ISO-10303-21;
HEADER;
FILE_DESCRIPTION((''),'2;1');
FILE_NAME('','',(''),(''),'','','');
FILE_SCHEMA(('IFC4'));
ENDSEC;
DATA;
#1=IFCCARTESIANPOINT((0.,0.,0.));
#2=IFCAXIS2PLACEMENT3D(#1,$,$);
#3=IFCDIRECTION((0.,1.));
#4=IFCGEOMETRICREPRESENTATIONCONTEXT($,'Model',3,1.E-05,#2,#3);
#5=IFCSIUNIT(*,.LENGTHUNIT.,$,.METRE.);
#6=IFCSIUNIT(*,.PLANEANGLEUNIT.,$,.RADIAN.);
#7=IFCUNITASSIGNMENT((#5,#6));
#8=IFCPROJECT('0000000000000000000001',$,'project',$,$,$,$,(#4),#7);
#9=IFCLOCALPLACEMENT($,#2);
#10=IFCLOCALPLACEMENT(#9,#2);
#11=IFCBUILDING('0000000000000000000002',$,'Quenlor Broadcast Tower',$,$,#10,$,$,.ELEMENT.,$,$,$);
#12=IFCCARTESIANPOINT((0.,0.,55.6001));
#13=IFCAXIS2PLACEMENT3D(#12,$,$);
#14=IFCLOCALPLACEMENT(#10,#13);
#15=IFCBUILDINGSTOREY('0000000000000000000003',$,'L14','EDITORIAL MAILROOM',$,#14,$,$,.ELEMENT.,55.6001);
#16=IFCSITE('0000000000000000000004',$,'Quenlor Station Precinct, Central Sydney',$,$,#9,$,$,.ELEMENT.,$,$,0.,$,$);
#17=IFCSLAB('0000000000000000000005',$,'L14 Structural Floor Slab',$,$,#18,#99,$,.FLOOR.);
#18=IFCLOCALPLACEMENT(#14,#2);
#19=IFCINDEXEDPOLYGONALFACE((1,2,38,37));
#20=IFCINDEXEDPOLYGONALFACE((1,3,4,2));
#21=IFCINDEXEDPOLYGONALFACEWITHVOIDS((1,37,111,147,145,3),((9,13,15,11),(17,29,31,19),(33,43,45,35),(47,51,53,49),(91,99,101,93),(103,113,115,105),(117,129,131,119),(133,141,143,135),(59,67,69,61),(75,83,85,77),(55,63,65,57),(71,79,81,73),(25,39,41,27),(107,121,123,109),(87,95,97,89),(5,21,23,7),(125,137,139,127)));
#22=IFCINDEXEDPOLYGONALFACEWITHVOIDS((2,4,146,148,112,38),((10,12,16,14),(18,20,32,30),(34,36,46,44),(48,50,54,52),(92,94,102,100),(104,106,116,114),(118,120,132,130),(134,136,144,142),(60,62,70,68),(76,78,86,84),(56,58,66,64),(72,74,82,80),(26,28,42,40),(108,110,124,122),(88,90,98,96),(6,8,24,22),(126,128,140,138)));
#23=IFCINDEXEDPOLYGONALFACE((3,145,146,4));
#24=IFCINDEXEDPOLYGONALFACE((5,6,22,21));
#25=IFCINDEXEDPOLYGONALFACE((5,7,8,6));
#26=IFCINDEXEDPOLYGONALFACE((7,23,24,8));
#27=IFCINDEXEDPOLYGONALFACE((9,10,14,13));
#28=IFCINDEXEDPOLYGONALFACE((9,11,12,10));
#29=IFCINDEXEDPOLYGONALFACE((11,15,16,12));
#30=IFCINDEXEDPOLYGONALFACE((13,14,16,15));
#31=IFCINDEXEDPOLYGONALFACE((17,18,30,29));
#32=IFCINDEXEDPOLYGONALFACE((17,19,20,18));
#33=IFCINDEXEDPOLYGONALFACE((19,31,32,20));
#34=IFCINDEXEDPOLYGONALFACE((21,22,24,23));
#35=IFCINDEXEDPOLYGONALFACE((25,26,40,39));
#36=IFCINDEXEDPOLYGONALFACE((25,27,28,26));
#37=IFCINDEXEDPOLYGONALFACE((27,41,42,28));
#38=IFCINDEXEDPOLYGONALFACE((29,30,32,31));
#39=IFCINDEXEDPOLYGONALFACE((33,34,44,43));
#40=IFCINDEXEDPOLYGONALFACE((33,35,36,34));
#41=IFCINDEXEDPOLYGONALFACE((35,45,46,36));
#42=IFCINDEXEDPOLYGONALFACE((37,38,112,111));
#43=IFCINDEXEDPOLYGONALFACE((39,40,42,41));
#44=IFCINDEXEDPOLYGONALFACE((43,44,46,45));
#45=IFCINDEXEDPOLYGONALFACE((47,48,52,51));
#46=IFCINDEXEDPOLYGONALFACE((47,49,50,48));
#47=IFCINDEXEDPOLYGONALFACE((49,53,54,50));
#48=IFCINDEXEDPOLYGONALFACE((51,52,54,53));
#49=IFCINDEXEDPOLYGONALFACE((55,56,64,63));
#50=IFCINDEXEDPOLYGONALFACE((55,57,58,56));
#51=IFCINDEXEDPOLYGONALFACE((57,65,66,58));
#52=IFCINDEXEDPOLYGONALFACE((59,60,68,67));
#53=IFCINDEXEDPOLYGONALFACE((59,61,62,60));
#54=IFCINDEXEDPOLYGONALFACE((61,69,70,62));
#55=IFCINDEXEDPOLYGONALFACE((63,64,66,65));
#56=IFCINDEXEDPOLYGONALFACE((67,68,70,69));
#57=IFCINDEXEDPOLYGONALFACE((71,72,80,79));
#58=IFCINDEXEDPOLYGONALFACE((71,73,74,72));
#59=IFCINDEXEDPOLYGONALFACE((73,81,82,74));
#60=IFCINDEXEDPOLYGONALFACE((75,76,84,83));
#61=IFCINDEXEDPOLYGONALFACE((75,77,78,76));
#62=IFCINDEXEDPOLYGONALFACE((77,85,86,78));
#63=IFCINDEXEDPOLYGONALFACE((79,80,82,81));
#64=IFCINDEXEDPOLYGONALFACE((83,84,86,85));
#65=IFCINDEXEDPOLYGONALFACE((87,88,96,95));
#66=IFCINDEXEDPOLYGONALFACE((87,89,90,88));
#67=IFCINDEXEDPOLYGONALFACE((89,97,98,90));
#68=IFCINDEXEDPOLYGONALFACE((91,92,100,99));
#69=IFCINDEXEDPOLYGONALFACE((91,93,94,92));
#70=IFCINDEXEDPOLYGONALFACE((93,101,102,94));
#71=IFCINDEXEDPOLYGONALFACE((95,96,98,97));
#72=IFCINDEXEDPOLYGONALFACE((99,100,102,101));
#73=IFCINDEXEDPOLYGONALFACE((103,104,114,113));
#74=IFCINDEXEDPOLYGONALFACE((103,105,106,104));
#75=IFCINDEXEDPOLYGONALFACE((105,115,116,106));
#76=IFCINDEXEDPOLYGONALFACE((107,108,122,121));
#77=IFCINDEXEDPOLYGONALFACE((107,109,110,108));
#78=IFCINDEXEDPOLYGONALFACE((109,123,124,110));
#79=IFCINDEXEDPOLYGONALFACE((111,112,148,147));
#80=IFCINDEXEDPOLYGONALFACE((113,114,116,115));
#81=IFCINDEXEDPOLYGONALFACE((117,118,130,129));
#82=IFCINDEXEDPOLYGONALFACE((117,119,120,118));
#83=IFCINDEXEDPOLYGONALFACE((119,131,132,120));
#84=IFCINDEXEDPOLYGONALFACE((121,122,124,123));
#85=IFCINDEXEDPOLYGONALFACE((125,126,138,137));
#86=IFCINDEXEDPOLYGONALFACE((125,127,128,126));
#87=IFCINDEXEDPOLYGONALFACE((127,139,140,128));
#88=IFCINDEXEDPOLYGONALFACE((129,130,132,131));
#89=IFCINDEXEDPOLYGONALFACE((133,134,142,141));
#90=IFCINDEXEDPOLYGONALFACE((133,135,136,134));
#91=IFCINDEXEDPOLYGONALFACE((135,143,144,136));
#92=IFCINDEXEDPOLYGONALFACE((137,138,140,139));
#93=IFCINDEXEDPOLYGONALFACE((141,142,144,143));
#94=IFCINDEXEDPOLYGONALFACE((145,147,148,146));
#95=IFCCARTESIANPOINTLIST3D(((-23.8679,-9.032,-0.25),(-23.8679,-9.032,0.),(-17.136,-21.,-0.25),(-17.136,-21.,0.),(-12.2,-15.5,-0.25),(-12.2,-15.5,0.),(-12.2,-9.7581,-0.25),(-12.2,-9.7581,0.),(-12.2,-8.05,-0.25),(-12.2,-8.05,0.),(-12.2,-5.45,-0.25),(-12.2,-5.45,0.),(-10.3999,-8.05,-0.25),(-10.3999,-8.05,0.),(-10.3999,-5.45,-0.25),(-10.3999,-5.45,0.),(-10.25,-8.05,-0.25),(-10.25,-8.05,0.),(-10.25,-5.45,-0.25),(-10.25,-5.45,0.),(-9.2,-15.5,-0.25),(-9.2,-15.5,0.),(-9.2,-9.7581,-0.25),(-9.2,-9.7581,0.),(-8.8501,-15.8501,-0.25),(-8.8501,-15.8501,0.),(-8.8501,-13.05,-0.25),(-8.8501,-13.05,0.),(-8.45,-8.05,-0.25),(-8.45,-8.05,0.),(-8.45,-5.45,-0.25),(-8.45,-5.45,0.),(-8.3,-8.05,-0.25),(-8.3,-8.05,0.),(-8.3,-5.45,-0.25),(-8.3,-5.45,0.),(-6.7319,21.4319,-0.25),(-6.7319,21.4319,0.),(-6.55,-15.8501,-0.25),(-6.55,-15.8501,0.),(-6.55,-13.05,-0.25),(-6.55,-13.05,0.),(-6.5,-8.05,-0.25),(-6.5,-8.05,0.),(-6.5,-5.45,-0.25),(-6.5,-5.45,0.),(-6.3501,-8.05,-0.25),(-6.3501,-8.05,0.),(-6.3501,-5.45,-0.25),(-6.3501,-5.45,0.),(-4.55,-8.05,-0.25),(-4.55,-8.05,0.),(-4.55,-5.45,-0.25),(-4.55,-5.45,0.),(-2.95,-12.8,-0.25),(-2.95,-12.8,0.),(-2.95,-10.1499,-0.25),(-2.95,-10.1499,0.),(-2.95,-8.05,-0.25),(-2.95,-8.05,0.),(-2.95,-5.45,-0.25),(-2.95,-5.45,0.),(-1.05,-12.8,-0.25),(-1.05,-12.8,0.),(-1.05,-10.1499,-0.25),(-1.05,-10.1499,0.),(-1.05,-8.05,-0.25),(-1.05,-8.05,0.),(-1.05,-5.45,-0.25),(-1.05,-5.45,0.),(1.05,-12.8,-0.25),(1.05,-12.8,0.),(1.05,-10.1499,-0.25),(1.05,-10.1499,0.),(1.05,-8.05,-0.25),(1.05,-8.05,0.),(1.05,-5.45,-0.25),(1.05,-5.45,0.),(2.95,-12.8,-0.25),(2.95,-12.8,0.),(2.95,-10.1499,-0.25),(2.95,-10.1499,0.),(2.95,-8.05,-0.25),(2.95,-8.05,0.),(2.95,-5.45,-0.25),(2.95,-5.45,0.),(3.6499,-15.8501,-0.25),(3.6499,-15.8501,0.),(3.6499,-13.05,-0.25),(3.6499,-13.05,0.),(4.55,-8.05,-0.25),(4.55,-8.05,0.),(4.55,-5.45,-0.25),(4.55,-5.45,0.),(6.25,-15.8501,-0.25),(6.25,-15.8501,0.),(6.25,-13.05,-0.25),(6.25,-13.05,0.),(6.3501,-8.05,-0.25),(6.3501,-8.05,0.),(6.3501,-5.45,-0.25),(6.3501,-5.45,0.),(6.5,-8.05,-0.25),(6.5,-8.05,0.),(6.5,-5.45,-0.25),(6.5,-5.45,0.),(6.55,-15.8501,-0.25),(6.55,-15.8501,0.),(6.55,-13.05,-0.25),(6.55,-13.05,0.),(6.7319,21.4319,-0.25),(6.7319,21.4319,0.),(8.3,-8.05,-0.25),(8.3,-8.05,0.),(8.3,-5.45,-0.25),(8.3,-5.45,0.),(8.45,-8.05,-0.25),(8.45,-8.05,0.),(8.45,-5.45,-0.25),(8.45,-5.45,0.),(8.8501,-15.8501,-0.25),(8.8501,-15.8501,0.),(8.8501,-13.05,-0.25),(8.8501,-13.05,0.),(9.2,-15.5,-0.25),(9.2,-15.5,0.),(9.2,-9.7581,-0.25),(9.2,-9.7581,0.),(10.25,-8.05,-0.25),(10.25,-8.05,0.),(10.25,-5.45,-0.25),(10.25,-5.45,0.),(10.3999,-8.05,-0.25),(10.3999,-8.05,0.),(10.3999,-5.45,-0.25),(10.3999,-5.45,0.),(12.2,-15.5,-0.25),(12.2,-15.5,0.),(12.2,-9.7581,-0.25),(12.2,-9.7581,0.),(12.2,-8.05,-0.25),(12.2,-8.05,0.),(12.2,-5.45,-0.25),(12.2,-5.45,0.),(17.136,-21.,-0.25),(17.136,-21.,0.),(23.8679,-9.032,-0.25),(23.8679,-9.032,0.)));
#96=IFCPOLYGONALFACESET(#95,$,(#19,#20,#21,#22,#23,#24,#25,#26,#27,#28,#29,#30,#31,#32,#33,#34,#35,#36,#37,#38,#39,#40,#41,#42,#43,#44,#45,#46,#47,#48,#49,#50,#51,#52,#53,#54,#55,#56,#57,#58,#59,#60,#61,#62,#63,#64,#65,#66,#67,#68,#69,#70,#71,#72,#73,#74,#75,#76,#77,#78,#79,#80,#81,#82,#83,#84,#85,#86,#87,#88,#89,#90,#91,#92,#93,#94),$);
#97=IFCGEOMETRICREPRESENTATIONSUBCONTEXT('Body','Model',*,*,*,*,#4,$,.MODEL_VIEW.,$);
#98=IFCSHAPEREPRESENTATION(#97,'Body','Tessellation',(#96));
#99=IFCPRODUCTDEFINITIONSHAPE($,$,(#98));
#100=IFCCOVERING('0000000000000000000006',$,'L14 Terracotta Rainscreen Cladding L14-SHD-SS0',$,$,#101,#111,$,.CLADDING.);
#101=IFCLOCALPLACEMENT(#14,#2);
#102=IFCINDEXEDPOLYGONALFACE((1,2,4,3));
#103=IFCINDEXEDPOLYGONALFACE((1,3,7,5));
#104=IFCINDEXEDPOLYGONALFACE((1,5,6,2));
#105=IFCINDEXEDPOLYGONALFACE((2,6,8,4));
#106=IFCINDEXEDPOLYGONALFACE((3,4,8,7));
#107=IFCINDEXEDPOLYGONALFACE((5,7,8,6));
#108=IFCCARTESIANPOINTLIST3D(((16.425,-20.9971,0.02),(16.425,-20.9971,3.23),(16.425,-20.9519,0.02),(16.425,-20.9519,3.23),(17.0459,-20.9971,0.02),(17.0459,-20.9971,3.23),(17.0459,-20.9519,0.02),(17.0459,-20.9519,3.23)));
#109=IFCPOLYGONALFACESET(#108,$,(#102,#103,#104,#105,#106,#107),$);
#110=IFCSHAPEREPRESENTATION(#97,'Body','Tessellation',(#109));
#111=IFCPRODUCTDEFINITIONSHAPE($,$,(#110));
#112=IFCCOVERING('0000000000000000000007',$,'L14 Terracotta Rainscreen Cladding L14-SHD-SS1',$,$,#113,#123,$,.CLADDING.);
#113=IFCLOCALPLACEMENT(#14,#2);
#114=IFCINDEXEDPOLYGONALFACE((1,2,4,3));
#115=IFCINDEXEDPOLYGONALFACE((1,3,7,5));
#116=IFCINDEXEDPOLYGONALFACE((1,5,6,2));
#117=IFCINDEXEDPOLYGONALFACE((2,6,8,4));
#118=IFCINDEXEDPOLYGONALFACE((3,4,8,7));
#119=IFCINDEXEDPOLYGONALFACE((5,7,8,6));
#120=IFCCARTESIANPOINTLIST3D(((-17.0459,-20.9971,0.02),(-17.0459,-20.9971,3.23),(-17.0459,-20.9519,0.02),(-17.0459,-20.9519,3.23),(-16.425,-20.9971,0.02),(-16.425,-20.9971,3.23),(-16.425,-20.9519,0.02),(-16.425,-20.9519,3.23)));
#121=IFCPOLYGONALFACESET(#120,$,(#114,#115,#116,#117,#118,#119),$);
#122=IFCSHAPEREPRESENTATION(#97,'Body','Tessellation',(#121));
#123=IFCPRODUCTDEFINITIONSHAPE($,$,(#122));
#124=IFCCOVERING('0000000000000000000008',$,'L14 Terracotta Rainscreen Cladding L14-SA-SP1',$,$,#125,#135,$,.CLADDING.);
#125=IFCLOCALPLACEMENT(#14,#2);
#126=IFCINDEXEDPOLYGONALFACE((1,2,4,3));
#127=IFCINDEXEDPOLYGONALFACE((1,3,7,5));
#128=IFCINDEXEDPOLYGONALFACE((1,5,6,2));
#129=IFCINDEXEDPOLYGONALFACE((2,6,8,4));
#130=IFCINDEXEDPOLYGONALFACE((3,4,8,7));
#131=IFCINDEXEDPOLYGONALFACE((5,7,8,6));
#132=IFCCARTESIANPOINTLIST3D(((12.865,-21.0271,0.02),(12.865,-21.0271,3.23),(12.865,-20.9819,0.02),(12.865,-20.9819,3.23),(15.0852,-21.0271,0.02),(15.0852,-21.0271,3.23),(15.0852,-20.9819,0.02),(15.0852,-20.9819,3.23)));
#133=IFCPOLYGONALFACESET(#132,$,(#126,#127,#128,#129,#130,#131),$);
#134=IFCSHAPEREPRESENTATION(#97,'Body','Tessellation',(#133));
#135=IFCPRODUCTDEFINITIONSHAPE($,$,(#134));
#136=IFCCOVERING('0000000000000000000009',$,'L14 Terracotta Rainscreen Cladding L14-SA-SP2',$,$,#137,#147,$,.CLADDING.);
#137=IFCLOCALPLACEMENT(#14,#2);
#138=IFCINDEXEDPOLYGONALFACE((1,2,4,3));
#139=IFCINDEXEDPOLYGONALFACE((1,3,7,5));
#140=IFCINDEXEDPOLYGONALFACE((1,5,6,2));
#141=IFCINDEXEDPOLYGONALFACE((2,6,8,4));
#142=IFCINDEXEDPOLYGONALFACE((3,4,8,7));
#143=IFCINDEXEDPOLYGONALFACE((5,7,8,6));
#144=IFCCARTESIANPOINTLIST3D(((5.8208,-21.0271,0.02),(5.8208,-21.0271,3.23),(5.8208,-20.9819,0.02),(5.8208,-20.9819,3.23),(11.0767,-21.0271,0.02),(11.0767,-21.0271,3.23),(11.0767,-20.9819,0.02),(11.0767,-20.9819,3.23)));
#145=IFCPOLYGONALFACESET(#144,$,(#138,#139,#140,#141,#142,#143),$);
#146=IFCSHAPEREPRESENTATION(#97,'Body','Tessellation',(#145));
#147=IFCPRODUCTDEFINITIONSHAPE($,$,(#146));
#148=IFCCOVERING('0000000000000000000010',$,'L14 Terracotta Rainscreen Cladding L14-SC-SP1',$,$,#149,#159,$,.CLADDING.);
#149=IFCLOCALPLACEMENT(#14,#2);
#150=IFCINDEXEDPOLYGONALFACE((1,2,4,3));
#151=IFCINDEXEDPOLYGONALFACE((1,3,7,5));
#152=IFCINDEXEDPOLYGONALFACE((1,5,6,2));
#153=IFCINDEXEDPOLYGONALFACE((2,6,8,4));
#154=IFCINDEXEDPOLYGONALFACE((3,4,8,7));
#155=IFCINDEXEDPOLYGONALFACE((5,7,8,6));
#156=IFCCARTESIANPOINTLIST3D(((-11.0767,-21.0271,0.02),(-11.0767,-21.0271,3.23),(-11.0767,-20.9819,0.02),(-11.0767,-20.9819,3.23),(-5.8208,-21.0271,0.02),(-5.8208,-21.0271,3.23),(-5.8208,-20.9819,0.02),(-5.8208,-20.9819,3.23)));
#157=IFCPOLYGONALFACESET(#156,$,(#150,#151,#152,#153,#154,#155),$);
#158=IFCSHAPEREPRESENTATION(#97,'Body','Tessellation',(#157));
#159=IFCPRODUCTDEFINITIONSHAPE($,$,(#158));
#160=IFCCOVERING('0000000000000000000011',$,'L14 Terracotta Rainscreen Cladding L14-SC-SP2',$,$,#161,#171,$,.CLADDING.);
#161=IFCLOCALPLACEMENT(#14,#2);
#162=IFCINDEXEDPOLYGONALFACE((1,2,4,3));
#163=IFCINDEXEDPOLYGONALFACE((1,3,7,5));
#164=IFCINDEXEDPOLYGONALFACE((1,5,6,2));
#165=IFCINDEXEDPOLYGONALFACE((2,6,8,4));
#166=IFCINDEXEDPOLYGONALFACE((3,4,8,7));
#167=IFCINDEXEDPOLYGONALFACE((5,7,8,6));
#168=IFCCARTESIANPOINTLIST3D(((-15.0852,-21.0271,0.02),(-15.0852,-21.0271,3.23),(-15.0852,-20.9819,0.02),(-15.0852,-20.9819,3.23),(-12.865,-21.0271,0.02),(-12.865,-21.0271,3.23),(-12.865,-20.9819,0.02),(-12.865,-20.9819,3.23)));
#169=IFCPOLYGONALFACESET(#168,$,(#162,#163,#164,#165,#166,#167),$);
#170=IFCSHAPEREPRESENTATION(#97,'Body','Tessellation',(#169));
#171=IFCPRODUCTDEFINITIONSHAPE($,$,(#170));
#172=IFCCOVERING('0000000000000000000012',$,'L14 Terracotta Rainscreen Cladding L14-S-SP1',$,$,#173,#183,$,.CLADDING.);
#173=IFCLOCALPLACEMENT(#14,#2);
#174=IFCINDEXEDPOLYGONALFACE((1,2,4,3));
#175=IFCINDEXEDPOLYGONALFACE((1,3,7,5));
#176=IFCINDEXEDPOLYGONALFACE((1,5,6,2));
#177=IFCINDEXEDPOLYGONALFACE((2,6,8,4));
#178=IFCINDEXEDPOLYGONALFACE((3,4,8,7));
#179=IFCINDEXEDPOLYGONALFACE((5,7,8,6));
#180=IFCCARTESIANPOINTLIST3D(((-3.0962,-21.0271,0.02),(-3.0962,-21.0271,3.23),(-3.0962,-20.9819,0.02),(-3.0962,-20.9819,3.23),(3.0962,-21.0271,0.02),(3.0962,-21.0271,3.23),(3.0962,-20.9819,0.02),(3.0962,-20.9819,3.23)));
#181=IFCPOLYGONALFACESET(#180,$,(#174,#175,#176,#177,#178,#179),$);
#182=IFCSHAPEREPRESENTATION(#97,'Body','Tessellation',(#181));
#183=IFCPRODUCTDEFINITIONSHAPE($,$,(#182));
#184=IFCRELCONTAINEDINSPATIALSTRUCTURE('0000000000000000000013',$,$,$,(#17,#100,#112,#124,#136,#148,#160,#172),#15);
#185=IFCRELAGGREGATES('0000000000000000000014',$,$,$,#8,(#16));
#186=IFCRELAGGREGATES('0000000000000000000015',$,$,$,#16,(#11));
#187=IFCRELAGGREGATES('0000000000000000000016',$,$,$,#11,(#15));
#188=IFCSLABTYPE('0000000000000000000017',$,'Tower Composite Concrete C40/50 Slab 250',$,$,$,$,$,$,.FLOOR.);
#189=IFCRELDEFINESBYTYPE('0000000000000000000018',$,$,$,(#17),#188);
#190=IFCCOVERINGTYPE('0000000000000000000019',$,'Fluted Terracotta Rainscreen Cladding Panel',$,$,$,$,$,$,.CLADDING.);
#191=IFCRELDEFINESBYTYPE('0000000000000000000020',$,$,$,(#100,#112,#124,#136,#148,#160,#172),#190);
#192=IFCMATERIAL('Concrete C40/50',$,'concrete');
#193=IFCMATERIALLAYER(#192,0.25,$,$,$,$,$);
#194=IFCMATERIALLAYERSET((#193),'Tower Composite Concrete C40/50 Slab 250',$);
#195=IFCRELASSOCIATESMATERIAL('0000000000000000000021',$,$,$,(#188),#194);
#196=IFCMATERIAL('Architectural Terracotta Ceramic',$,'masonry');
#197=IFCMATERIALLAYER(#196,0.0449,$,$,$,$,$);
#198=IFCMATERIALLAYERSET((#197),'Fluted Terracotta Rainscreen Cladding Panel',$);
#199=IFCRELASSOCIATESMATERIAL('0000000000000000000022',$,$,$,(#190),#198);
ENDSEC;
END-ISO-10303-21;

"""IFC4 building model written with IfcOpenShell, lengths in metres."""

from ifc_helpers import new_model, si_unit, direction, frame, origin, place, context, subcontext, project, spatial, polyline, outline, extrude, material, layer, layer_set, type_object, element, save


model = new_model("IFC4")

# Units and contexts
model_context = context("Model", 3, precision=1e-05, world=origin(), true_north=direction((0.0, 1.0)))
body_context = subcontext(model_context, "Body", "Model", "MODEL_VIEW")
ifc_project = project(units=[si_unit("LENGTHUNIT", "METRE"), si_unit("PLANEANGLEUNIT", "RADIAN")], contexts=[model_context])

# Site, building, storey
site_placement = place(None, origin())
site = spatial("IfcSite", under=ifc_project, at=site_placement, Name="Quenlor Station Precinct, Central Sydney", CompositionType="ELEMENT", RefElevation=0.0)
building_placement = place(site_placement, origin())
building = spatial("IfcBuilding", under=site, at=building_placement, Name="Quenlor Broadcast Tower", CompositionType="ELEMENT")
storey_placement = place(building_placement, frame((0.0, 0.0, 55.6001)))
storey = spatial("IfcBuildingStorey", under=building, at=storey_placement, Name="L14", Description="EDITORIAL MAILROOM", CompositionType="ELEMENT", Elevation=55.6001)

# Slab
ifc_material_1 = material(Name="Concrete C40/50", Category="concrete")
ifc_layer_1 = layer(ifc_material_1, 0.25)
ifc_layer_set_1 = layer_set([ifc_layer_1], Name="Tower Composite Concrete C40/50 Slab 250")
slab_type = type_object("IfcSlabType", Name="Tower Composite Concrete C40/50 Slab 250", PredefinedType="FLOOR", material=ifc_layer_set_1)
slab_placement = place(storey_placement, frame((0.0, 0.0, -0.25)))
element("IfcSlab", 1, at=slab_placement, inside=storey, type_object=slab_type, Name="L14 Structural Floor Slab", PredefinedType="FLOOR", context=body_context, shape_type="SweptSolid", body=[
    extrude(outline(polyline([(17.136, -21.0), (23.8679, -9.032), (6.7319, 21.4319), (-6.7319, 21.4319), (-23.8679, -9.032), (-17.136, -21.0), (17.136, -21.0)]), holes=[polyline([(-12.2, -9.7581), (-12.2, -15.5), (-9.2, -15.5), (-9.2, -9.7581), (-12.2, -9.7581)]), polyline([(9.2, -9.7581), (9.2, -15.5), (12.2, -15.5), (12.2, -9.7581), (9.2, -9.7581)]), polyline([(-12.2, -8.05), (-10.3999, -8.05), (-10.3999, -5.45), (-12.2, -5.45), (-12.2, -8.05)]), polyline([(-10.25, -8.05), (-8.45, -8.05), (-8.45, -5.45), (-10.25, -5.45), (-10.25, -8.05)]), polyline([(-8.3, -8.05), (-6.5, -8.05), (-6.5, -5.45), (-8.3, -5.45), (-8.3, -8.05)]), polyline([(-6.3501, -8.05), (-4.55, -8.05), (-4.55, -5.45), (-6.3501, -5.45), (-6.3501, -8.05)]), polyline([(-2.95, -8.05), (-1.05, -8.05), (-1.05, -5.45), (-2.95, -5.45), (-2.95, -8.05)]), polyline([(1.05, -8.05), (2.95, -8.05), (2.95, -5.45), (1.05, -5.45), (1.05, -8.05)]), polyline([(-2.95, -12.8), (-1.05, -12.8), (-1.05, -10.1499), (-2.95, -10.1499), (-2.95, -12.8)]), polyline([(1.05, -12.8), (2.95, -12.8), (2.95, -10.1499), (1.05, -10.1499), (1.05, -12.8)]), polyline([(4.55, -8.05), (6.3501, -8.05), (6.3501, -5.45), (4.55, -5.45), (4.55, -8.05)]), polyline([(6.5, -8.05), (8.3, -8.05), (8.3, -5.45), (6.5, -5.45), (6.5, -8.05)]), polyline([(8.45, -8.05), (10.25, -8.05), (10.25, -5.45), (8.45, -5.45), (8.45, -8.05)]), polyline([(10.3999, -8.05), (12.2, -8.05), (12.2, -5.45), (10.3999, -5.45), (10.3999, -8.05)]), polyline([(-8.8501, -15.8501), (-6.55, -15.8501), (-6.55, -13.05), (-8.8501, -13.05), (-8.8501, -15.8501)]), polyline([(6.55, -15.8501), (8.8501, -15.8501), (8.8501, -13.05), (6.55, -13.05), (6.55, -15.8501)]), polyline([(3.6499, -15.8501), (6.25, -15.8501), (6.25, -13.05), (3.6499, -13.05), (3.6499, -15.8501)])]), origin(), (0.0, 0.0, 1.0), 0.25),
])

# Coverings
ifc_material_2 = material(Name="Architectural Terracotta Ceramic", Category="masonry")
ifc_layer_2 = layer(ifc_material_2, 0.0449)
ifc_layer_set_2 = layer_set([ifc_layer_2], Name="Fluted Terracotta Rainscreen Cladding Panel")
covering_type = type_object("IfcCoveringType", Name="Fluted Terracotta Rainscreen Cladding Panel", PredefinedType="CLADDING", material=ifc_layer_set_2)
covering_1_placement = place(storey_placement, frame((0.0, 0.0, 0.02)))
element("IfcCovering", 2, at=covering_1_placement, inside=storey, type_object=covering_type, Name="L14 Terracotta Rainscreen Cladding L14-SHD-SS0", PredefinedType="CLADDING", context=body_context, shape_type="SweptSolid", body=[
    extrude(outline(polyline([(17.0459, -20.9519), (16.425, -20.9519), (16.425, -20.9971), (17.0459, -20.9971), (17.0459, -20.9519)])), origin(), (0.0, 0.0, 1.0), 3.21),
])
covering_2_placement = place(storey_placement, frame((0.0, 0.0, 0.02)))
element("IfcCovering", 3, at=covering_2_placement, inside=storey, type_object=covering_type, Name="L14 Terracotta Rainscreen Cladding L14-SHD-SS1", PredefinedType="CLADDING", context=body_context, shape_type="SweptSolid", body=[
    extrude(outline(polyline([(-16.425, -20.9519), (-17.0459, -20.9519), (-17.0459, -20.9971), (-16.425, -20.9971), (-16.425, -20.9519)])), origin(), (0.0, 0.0, 1.0), 3.21),
])
covering_3_placement = place(storey_placement, frame((0.0, 0.0, 0.02)))
element("IfcCovering", 4, at=covering_3_placement, inside=storey, type_object=covering_type, Name="L14 Terracotta Rainscreen Cladding L14-SA-SP1", PredefinedType="CLADDING", context=body_context, shape_type="SweptSolid", body=[
    extrude(outline(polyline([(15.0852, -20.9819), (12.865, -20.9819), (12.865, -21.0271), (15.0852, -21.0271), (15.0852, -20.9819)])), origin(), (0.0, 0.0, 1.0), 3.21),
])
covering_4_placement = place(storey_placement, frame((0.0, 0.0, 0.02)))
element("IfcCovering", 5, at=covering_4_placement, inside=storey, type_object=covering_type, Name="L14 Terracotta Rainscreen Cladding L14-SA-SP2", PredefinedType="CLADDING", context=body_context, shape_type="SweptSolid", body=[
    extrude(outline(polyline([(11.0767, -20.9819), (5.8208, -20.9819), (5.8208, -21.0271), (11.0767, -21.0271), (11.0767, -20.9819)])), origin(), (0.0, 0.0, 1.0), 3.21),
])
covering_5_placement = place(storey_placement, frame((0.0, 0.0, 0.02)))
element("IfcCovering", 6, at=covering_5_placement, inside=storey, type_object=covering_type, Name="L14 Terracotta Rainscreen Cladding L14-SC-SP1", PredefinedType="CLADDING", context=body_context, shape_type="SweptSolid", body=[
    extrude(outline(polyline([(-5.8208, -20.9819), (-11.0767, -20.9819), (-11.0767, -21.0271), (-5.8208, -21.0271), (-5.8208, -20.9819)])), origin(), (0.0, 0.0, 1.0), 3.21),
])
covering_6_placement = place(storey_placement, frame((0.0, 0.0, 0.02)))
element("IfcCovering", 7, at=covering_6_placement, inside=storey, type_object=covering_type, Name="L14 Terracotta Rainscreen Cladding L14-SC-SP2", PredefinedType="CLADDING", context=body_context, shape_type="SweptSolid", body=[
    extrude(outline(polyline([(-12.865, -20.9819), (-15.0852, -20.9819), (-15.0852, -21.0271), (-12.865, -21.0271), (-12.865, -20.9819)])), origin(), (0.0, 0.0, 1.0), 3.21),
])
covering_7_placement = place(storey_placement, frame((0.0, 0.0, 0.02)))
element("IfcCovering", 8, at=covering_7_placement, inside=storey, type_object=covering_type, Name="L14 Terracotta Rainscreen Cladding L14-S-SP1", PredefinedType="CLADDING", context=body_context, shape_type="SweptSolid", body=[
    extrude(outline(polyline([(3.0962, -20.9819), (-3.0962, -20.9819), (-3.0962, -21.0271), (3.0962, -21.0271), (3.0962, -20.9819)])), origin(), (0.0, 0.0, 1.0), 3.21),
])

save(model, "model.ifc")
